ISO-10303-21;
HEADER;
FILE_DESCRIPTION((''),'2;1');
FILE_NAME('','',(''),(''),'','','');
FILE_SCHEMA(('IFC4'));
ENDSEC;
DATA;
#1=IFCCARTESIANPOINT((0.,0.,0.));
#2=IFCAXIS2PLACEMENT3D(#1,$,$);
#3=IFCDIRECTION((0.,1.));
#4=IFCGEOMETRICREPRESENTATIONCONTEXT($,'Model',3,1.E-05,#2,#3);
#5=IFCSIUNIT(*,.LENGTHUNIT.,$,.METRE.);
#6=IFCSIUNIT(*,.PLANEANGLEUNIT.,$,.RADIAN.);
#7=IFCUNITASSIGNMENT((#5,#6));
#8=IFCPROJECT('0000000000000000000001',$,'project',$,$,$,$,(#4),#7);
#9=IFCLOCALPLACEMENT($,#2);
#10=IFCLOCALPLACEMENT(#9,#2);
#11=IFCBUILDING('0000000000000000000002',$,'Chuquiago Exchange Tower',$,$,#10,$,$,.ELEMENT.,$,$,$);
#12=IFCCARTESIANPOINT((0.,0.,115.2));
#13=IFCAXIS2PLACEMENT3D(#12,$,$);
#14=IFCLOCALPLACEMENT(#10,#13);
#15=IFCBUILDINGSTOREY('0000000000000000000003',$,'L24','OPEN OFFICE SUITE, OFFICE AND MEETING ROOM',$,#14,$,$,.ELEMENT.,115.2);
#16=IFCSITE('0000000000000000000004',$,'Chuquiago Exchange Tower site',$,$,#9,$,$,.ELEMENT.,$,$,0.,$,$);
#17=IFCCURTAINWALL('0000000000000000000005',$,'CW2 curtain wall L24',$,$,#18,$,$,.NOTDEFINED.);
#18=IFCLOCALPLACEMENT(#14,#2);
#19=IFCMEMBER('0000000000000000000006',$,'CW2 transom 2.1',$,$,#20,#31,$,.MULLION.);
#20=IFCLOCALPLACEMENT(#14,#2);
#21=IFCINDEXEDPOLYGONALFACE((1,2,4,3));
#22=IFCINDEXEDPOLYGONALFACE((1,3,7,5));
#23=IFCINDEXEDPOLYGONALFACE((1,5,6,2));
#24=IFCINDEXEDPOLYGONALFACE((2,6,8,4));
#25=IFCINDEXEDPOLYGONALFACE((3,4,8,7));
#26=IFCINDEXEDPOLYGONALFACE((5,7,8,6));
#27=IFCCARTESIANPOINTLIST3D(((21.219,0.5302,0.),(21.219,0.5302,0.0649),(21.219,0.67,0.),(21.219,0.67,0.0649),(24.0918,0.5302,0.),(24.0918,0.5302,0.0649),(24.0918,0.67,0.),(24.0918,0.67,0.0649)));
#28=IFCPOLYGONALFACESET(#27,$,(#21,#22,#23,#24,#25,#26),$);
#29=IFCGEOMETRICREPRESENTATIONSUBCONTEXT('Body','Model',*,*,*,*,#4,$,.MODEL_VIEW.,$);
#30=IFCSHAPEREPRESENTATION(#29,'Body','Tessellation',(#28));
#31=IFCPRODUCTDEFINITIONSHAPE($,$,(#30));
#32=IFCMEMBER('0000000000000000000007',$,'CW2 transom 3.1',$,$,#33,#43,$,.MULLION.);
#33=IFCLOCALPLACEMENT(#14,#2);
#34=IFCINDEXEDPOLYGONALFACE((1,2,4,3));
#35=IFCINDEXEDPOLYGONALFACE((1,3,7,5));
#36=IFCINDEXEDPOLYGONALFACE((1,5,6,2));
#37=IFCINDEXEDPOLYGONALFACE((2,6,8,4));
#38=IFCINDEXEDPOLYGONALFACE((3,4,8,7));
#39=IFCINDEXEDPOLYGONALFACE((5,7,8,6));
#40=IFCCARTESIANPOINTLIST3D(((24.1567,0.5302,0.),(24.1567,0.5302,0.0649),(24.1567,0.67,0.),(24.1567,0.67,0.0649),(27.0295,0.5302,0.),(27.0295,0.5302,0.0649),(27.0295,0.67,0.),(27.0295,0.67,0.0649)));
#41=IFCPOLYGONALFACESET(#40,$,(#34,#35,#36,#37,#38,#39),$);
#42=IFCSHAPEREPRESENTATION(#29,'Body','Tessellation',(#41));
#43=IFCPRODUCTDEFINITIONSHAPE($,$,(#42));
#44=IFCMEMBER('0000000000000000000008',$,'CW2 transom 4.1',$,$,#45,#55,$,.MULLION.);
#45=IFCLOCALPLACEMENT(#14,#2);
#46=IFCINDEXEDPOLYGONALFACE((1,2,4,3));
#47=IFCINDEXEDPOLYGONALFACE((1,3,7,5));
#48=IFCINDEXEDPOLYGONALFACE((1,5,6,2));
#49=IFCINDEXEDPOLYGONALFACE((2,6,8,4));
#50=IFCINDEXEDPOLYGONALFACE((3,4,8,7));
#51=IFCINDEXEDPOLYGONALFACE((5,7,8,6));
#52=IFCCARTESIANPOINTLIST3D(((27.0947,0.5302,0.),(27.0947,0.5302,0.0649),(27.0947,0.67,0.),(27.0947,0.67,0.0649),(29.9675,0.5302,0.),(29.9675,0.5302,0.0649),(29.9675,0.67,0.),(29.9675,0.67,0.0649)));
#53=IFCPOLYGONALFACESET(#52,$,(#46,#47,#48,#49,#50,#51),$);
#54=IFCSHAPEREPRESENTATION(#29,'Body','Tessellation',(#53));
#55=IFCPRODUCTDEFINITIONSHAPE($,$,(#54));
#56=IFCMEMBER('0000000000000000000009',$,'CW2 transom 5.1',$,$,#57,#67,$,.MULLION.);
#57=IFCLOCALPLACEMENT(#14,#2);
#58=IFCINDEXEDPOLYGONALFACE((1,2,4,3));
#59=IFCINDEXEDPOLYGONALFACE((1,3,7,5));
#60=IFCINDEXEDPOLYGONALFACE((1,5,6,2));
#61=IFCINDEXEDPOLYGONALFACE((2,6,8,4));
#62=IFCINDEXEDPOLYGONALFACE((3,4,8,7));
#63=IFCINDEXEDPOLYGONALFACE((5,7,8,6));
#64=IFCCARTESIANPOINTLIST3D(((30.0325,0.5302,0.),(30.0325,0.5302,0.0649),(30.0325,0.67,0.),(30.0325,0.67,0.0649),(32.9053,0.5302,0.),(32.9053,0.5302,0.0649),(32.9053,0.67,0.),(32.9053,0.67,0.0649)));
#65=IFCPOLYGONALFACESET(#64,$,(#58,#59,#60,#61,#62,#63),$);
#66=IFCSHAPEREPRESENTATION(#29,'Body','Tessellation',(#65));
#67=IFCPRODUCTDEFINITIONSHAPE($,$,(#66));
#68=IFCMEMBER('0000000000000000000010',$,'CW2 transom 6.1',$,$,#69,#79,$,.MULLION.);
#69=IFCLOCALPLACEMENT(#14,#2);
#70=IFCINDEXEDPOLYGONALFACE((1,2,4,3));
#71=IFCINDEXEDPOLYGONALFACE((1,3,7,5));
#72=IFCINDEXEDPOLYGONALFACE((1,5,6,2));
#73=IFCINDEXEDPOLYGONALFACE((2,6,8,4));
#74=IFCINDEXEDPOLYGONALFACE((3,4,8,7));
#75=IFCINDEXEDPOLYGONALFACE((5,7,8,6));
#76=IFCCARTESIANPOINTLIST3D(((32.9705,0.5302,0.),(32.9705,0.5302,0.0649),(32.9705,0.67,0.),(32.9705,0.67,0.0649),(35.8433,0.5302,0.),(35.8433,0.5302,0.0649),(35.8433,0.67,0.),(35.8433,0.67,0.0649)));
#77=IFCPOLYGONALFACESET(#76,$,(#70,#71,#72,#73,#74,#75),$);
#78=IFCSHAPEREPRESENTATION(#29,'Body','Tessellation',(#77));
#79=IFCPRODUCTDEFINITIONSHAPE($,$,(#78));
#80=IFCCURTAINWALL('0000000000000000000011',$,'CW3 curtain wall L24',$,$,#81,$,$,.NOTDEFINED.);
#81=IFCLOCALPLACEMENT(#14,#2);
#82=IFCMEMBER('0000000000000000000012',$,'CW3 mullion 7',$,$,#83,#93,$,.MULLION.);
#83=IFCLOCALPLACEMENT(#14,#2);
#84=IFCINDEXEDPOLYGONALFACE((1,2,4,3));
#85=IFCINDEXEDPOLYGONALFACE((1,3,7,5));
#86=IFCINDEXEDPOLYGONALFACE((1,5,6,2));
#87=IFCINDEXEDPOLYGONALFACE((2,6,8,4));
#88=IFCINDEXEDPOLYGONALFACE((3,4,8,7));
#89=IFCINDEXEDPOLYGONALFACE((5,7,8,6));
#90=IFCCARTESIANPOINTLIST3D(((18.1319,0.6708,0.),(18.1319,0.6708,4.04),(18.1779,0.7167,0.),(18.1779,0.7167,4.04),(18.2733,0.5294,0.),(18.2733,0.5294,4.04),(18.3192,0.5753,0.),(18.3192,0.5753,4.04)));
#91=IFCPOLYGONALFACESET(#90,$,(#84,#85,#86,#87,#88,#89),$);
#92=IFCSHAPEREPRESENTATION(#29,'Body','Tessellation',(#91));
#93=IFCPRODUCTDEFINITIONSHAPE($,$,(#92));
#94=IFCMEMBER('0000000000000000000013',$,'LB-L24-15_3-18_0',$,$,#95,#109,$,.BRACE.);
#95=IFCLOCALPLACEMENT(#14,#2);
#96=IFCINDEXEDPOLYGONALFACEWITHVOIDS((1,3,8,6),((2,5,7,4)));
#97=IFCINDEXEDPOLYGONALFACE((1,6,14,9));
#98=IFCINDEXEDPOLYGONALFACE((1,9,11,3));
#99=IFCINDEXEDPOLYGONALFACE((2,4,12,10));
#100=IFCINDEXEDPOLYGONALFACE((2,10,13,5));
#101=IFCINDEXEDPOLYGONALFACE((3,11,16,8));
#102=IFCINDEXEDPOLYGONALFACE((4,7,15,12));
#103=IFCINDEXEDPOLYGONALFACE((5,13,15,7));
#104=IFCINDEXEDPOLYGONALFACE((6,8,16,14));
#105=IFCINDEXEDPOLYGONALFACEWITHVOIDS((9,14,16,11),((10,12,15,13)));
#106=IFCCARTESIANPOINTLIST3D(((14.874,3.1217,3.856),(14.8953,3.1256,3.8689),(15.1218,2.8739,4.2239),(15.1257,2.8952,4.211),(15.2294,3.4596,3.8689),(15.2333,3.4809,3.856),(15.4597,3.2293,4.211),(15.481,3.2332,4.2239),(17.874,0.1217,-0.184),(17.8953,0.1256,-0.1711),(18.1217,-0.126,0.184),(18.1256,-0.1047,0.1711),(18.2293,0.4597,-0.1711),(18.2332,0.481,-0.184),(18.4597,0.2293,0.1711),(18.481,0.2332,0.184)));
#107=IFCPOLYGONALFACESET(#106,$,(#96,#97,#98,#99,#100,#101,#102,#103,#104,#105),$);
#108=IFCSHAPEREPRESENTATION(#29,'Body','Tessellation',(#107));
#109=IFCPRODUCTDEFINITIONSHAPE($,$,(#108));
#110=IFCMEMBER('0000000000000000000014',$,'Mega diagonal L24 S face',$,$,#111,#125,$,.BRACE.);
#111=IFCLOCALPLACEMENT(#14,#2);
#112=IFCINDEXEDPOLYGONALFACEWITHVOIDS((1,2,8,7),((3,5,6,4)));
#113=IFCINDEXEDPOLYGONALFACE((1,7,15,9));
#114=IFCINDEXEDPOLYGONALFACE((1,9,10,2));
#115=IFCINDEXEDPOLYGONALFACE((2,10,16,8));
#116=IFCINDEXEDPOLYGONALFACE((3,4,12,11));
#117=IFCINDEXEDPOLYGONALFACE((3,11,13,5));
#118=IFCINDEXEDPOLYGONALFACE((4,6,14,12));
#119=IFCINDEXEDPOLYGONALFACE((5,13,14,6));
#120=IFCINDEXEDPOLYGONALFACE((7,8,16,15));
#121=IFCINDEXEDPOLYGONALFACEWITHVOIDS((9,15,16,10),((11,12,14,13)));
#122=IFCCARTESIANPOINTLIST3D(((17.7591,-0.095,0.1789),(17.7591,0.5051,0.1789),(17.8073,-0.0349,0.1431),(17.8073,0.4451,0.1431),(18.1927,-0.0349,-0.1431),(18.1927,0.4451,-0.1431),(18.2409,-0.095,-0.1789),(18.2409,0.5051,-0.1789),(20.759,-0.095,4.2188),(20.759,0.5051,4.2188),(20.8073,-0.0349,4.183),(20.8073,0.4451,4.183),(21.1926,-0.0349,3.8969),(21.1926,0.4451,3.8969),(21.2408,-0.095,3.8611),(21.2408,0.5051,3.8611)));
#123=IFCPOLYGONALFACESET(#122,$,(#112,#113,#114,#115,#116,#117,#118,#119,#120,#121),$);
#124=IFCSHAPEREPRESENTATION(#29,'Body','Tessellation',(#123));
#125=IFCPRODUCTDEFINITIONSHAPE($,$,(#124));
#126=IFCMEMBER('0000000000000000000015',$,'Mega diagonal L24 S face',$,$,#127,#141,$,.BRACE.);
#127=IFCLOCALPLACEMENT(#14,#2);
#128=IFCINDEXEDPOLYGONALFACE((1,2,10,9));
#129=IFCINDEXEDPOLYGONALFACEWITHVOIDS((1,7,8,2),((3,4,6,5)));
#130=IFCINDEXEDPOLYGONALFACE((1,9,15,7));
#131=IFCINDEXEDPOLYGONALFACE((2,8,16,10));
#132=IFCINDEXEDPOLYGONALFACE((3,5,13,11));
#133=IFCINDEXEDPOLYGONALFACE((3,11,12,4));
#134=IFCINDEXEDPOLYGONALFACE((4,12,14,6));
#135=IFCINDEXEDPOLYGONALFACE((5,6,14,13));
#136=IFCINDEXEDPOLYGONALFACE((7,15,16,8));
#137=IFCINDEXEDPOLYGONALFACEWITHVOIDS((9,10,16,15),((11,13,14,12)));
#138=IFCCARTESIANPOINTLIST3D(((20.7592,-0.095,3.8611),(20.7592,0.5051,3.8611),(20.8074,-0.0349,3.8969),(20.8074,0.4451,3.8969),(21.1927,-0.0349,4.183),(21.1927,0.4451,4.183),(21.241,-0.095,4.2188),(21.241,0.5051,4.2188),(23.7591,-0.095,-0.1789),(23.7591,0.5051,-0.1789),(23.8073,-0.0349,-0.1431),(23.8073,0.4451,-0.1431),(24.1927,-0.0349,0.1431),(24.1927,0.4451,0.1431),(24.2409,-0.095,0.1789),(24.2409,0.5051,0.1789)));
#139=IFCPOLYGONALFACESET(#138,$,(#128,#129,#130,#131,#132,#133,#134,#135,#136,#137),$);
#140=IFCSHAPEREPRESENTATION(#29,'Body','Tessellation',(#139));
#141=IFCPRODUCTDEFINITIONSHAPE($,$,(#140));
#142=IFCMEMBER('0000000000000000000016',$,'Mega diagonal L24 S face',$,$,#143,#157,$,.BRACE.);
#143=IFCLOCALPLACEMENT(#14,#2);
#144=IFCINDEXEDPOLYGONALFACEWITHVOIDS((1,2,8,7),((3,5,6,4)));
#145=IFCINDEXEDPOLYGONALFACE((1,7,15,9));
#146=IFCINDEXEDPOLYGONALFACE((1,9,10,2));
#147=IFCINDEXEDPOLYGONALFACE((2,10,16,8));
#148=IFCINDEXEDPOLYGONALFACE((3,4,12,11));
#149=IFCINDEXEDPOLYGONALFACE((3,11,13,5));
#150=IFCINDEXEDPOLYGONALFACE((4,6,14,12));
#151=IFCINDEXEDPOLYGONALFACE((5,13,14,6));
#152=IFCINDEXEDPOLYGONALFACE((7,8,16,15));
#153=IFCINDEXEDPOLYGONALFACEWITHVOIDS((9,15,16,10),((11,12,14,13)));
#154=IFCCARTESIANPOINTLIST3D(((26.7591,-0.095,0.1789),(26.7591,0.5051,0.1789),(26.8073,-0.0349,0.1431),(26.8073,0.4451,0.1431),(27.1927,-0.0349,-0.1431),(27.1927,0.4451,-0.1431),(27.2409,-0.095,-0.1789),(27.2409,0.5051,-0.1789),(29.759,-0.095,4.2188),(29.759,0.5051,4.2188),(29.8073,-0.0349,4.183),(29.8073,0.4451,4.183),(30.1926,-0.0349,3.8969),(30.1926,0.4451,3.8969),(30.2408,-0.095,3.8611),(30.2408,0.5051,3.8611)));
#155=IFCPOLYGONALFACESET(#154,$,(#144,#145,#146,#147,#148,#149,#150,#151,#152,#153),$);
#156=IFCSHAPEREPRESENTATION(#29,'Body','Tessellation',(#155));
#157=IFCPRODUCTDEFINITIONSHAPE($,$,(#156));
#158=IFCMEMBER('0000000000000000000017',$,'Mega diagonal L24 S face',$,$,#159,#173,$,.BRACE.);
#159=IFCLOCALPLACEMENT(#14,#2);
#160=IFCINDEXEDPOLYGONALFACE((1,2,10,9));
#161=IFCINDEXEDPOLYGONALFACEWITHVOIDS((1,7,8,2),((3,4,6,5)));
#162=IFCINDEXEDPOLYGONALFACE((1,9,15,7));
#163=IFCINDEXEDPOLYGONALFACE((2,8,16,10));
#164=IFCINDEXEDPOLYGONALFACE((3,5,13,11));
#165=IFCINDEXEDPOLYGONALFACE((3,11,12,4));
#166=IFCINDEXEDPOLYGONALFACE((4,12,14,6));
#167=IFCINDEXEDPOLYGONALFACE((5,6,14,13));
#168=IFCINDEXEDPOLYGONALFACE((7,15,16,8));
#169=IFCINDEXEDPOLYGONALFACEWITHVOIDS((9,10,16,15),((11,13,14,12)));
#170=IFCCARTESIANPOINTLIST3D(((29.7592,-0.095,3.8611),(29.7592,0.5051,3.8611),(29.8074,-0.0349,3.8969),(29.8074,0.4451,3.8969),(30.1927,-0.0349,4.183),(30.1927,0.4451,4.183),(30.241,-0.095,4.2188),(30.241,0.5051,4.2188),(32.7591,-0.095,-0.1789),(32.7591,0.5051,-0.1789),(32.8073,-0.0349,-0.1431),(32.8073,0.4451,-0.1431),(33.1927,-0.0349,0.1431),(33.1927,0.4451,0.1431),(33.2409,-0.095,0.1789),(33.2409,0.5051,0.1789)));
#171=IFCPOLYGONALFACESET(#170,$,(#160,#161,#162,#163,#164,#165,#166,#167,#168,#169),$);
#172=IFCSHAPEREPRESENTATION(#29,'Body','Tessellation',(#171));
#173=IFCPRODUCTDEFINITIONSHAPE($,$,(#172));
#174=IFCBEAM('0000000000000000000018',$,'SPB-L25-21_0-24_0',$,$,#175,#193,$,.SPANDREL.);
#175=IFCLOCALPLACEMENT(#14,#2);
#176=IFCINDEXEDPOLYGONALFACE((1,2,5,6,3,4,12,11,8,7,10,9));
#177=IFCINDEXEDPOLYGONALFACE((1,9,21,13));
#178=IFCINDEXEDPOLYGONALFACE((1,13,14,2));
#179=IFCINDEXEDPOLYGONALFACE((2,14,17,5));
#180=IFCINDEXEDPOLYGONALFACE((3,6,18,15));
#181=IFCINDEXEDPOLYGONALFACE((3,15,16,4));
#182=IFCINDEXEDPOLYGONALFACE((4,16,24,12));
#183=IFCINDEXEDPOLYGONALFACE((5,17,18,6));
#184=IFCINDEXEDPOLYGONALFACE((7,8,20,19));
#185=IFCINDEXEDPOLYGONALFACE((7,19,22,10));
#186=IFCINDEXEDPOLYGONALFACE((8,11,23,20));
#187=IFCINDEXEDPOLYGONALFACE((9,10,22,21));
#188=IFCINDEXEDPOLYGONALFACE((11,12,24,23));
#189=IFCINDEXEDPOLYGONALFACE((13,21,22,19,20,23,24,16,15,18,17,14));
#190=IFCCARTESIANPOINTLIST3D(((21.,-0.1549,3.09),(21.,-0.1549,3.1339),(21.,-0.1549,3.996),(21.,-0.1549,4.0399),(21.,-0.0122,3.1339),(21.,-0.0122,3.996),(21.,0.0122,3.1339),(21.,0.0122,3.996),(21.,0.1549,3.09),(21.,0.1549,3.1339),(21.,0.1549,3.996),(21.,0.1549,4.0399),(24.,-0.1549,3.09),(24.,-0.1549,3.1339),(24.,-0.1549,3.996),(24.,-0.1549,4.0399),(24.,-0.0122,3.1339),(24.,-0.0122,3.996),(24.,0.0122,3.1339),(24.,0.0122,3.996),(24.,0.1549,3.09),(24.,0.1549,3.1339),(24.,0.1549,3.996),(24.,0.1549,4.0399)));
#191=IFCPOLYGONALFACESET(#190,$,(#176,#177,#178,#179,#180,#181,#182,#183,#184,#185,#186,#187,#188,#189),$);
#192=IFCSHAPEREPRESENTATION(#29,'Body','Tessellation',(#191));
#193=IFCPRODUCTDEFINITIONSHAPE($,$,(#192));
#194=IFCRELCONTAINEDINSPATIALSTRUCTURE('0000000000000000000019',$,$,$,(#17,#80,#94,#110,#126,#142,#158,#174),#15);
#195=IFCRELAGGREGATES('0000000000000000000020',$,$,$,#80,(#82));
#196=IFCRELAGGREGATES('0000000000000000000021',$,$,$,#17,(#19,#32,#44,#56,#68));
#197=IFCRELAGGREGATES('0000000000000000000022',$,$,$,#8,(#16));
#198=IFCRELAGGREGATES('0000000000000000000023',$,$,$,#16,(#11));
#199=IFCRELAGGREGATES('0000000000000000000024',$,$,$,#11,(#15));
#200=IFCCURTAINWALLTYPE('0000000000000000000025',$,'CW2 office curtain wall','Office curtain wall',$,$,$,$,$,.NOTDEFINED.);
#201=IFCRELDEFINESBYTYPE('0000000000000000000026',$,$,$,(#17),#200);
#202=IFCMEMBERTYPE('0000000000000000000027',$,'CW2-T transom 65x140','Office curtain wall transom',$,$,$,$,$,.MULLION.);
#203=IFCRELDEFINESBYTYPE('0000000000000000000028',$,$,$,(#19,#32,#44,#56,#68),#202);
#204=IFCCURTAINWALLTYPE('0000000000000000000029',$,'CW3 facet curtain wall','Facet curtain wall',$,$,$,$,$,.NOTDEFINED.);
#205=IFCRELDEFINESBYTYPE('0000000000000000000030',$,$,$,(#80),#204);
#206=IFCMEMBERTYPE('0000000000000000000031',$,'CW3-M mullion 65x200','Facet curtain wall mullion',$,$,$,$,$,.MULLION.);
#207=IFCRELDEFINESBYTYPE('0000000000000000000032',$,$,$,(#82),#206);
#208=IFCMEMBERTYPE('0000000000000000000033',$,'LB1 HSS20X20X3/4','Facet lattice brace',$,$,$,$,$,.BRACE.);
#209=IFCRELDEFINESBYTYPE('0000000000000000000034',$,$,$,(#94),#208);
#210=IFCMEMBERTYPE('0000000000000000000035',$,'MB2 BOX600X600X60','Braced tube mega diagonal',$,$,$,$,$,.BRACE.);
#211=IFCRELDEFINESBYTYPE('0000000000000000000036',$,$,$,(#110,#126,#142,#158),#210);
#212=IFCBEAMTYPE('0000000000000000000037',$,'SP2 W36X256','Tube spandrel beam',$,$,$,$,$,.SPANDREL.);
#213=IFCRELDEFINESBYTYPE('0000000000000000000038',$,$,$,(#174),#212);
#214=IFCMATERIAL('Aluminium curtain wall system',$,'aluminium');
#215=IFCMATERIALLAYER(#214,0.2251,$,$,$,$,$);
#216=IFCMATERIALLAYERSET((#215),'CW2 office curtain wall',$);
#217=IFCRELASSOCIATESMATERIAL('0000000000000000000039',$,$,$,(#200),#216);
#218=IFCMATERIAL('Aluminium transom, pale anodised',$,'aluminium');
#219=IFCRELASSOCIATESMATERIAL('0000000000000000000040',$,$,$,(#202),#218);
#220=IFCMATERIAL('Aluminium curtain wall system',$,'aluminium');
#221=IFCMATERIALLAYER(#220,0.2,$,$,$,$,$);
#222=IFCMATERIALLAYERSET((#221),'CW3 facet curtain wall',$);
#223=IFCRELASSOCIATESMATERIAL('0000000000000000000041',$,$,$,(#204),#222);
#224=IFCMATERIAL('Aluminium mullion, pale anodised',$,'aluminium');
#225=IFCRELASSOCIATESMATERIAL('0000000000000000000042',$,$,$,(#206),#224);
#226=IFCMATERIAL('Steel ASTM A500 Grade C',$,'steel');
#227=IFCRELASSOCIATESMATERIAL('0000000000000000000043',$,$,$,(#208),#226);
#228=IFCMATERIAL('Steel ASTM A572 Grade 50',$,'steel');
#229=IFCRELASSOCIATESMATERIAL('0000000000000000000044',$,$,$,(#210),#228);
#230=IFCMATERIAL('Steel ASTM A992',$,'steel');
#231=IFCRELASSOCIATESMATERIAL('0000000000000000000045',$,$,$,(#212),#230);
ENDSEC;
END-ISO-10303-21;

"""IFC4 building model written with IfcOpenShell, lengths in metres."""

from ifc_helpers import new_model, si_unit, direction, frame, origin, origin_2d, place, context, subcontext, project, spatial, rectangle, hollow_rectangle, i_section, extrude, material, layer, layer_set, material_profile, profile_set, type_object, element, aggregate, save


model = new_model("IFC4")

# Units and contexts
model_context = context("Model", 3, precision=1e-05, world=origin(), true_north=direction((0.0, 1.0)))
body_context = subcontext(model_context, "Body", "Model", "MODEL_VIEW")
ifc_project = project(units=[si_unit("LENGTHUNIT", "METRE"), si_unit("PLANEANGLEUNIT", "RADIAN")], contexts=[model_context])

# Site, building, storey
site_placement = place(None, origin())
site = spatial("IfcSite", under=ifc_project, at=site_placement, Name="Chuquiago Exchange Tower site", CompositionType="ELEMENT", RefElevation=0.0)
building_placement = place(site_placement, origin())
building = spatial("IfcBuilding", under=site, at=building_placement, Name="Chuquiago Exchange Tower", CompositionType="ELEMENT")
storey_placement = place(building_placement, frame((0.0, 0.0, 115.2)))
storey = spatial("IfcBuildingStorey", under=building, at=storey_placement, Name="L24", Description="OPEN OFFICE SUITE, OFFICE AND MEETING ROOM", CompositionType="ELEMENT", Elevation=115.2)

# Curtain wall, members
ifc_material_1 = material(Name="Aluminium curtain wall system", Category="aluminium")
ifc_layer_1 = layer(ifc_material_1, 0.2251)
ifc_layer_set_1 = layer_set([ifc_layer_1], Name="CW2 office curtain wall")
curtain_wall_type_1 = type_object("IfcCurtainWallType", Name="CW2 office curtain wall", Description="Office curtain wall", PredefinedType="NOTDEFINED", material=ifc_layer_set_1)
curtain_wall_1_placement = place(storey_placement, origin())
curtain_wall_1 = element("IfcCurtainWall", 1, at=curtain_wall_1_placement, inside=storey, type_object=curtain_wall_type_1, Name="CW2 curtain wall L24", PredefinedType="NOTDEFINED")
ifc_material_2 = material(Name="Aluminium transom, pale anodised", Category="aluminium")
ifc_material_profile_1 = material_profile(ifc_material_2, rectangle(XDim=0.1399, YDim=0.0649, at=origin_2d()), Name="AL 140x65")
ifc_profile_set_1 = profile_set([ifc_material_profile_1], Name="Aluminium transom, pale anodised")
member_type_1 = type_object("IfcMemberType", Name="CW2-T transom 65x140", Description="Office curtain wall transom", PredefinedType="MULLION", material=ifc_profile_set_1)
member_1_placement = place(storey_placement, frame((21.219, 0.6001, 0.0325), z_axis=(1.0, 0.0, 0.0), x_axis=(0.0, 1.0, 0.0)))
member_1 = element("IfcMember", 2, at=member_1_placement, type_object=member_type_1, Name="CW2 transom 2.1", PredefinedType="MULLION", context=body_context, shape_type="SweptSolid", body=[
    extrude(rectangle(XDim=0.1399, YDim=0.0649, at=origin_2d()), origin(), (0.0, 0.0, 1.0), 2.8728),
])
member_2_placement = place(storey_placement, frame((24.1567, 0.6001, 0.0325), z_axis=(1.0, 0.0, 0.0), x_axis=(0.0, 1.0, 0.0)))
member_2 = element("IfcMember", 3, at=member_2_placement, type_object=member_type_1, Name="CW2 transom 3.1", PredefinedType="MULLION", context=body_context, shape_type="SweptSolid", body=[
    extrude(rectangle(XDim=0.1399, YDim=0.0649, at=origin_2d()), origin(), (0.0, 0.0, 1.0), 2.8728),
])
member_3_placement = place(storey_placement, frame((27.0947, 0.6001, 0.0325), z_axis=(1.0, 0.0, 0.0), x_axis=(0.0, 1.0, 0.0)))
member_3 = element("IfcMember", 4, at=member_3_placement, type_object=member_type_1, Name="CW2 transom 4.1", PredefinedType="MULLION", context=body_context, shape_type="SweptSolid", body=[
    extrude(rectangle(XDim=0.1399, YDim=0.0649, at=origin_2d()), origin(), (0.0, 0.0, 1.0), 2.8728),
])
member_4_placement = place(storey_placement, frame((30.0325, 0.6001, 0.0325), z_axis=(1.0, 0.0, 0.0), x_axis=(0.0, 1.0, 0.0)))
member_4 = element("IfcMember", 5, at=member_4_placement, type_object=member_type_1, Name="CW2 transom 5.1", PredefinedType="MULLION", context=body_context, shape_type="SweptSolid", body=[
    extrude(rectangle(XDim=0.1399, YDim=0.0649, at=origin_2d()), origin(), (0.0, 0.0, 1.0), 2.8728),
])
member_5_placement = place(storey_placement, frame((32.9705, 0.6001, 0.0325), z_axis=(1.0, 0.0, 0.0), x_axis=(0.0, 1.0, 0.0)))
member_5 = element("IfcMember", 6, at=member_5_placement, type_object=member_type_1, Name="CW2 transom 6.1", PredefinedType="MULLION", context=body_context, shape_type="SweptSolid", body=[
    extrude(rectangle(XDim=0.1399, YDim=0.0649, at=origin_2d()), origin(), (0.0, 0.0, 1.0), 2.8728),
])

# Curtain wall, member
ifc_material_3 = material(Name="Aluminium curtain wall system", Category="aluminium")
ifc_layer_2 = layer(ifc_material_3, 0.2)
ifc_layer_set_2 = layer_set([ifc_layer_2], Name="CW3 facet curtain wall")
curtain_wall_type_2 = type_object("IfcCurtainWallType", Name="CW3 facet curtain wall", Description="Facet curtain wall", PredefinedType="NOTDEFINED", material=ifc_layer_set_2)
curtain_wall_2_placement = place(storey_placement, origin())
curtain_wall_2 = element("IfcCurtainWall", 7, at=curtain_wall_2_placement, inside=storey, type_object=curtain_wall_type_2, Name="CW3 curtain wall L24", PredefinedType="NOTDEFINED")
ifc_material_4 = material(Name="Aluminium mullion, pale anodised", Category="aluminium")
ifc_material_profile_2 = material_profile(ifc_material_4, rectangle(XDim=0.0649, YDim=0.2, at=origin_2d()), Name="AL 65x200")
ifc_profile_set_2 = profile_set([ifc_material_profile_2], Name="Aluminium mullion, pale anodised")
member_type_2 = type_object("IfcMemberType", Name="CW3-M mullion 65x200", Description="Facet curtain wall mullion", PredefinedType="MULLION", material=ifc_profile_set_2)
member_6_placement = place(storey_placement, frame((18.2256, 0.623, 0.0), z_axis=(0.0, 0.0, 1.0), x_axis=(0.707107, 0.707107, 0.0)))
member_6 = element("IfcMember", 8, at=member_6_placement, type_object=member_type_2, Name="CW3 mullion 7", PredefinedType="MULLION", context=body_context, shape_type="SweptSolid", body=[
    extrude(rectangle(XDim=0.0649, YDim=0.2, at=origin_2d()), origin(), (0.0, 0.0, 1.0), 4.04),
])
aggregate(curtain_wall_2, [member_6])

# Members
ifc_material_5 = material(Name="Steel ASTM A500 Grade C", Category="steel")
ifc_material_profile_3 = material_profile(ifc_material_5, hollow_rectangle(XDim=0.5081, YDim=0.5081, WallThickness=0.0178, at=origin_2d()), Name="HSS20X20X3/4")
ifc_profile_set_3 = profile_set([ifc_material_profile_3], Name="Steel ASTM A500 Grade C")
member_type_3 = type_object("IfcMemberType", Name="LB1 HSS20X20X3/4", Description="Facet lattice brace", PredefinedType="BRACE", material=ifc_profile_set_3)
member_7_placement = place(storey_placement, frame((18.1775, 0.1775, 0.0), z_axis=(-0.512077, 0.512077, 0.689604), x_axis=(-0.707107, -0.707107, 0.0)))
element("IfcMember", 9, at=member_7_placement, inside=storey, type_object=member_type_3, Name="LB-L24-15_3-18_0", PredefinedType="BRACE", context=body_context, shape_type="SweptSolid", body=[
    extrude(hollow_rectangle(XDim=0.5081, YDim=0.5081, WallThickness=0.0178, at=origin_2d()), origin(), (0.0, 0.0, 1.0), 5.8584),
])
ifc_material_6 = material(Name="Steel ASTM A572 Grade 50", Category="steel")
ifc_material_profile_4 = material_profile(ifc_material_6, hollow_rectangle(XDim=0.6001, YDim=0.6001, WallThickness=0.0601, at=origin_2d()), Name="BOX600X600X60")
ifc_profile_set_4 = profile_set([ifc_material_profile_4], Name="Steel ASTM A572 Grade 50")
member_type_4 = type_object("IfcMemberType", Name="MB2 BOX600X600X60", Description="Braced tube mega diagonal", PredefinedType="BRACE", material=ifc_profile_set_4)
for number, where, z_axis, x_axis, name in (
    (10, (18.0, 0.2051, 0.0), (0.596174, 0.0, 0.802855), (0.0, 1.0, 0.0), "Mega diagonal L24 S face"),
    (11, (24.0, 0.2051, 0.0), (-0.596174, 0.0, 0.802855), (0.0, -1.0, 0.0), "Mega diagonal L24 S face"),
    (12, (27.0, 0.2051, 0.0), (0.596174, 0.0, 0.802855), (0.0, 1.0, 0.0), "Mega diagonal L24 S face"),
    (13, (33.0, 0.2051, 0.0), (-0.596174, 0.0, 0.802855), (0.0, -1.0, 0.0), "Mega diagonal L24 S face"),
):
    element("IfcMember", number, at=place(storey_placement, frame(where, z_axis=z_axis, x_axis=x_axis)), inside=storey, type_object=member_type_4, Name=name, PredefinedType="BRACE", context=body_context, shape_type="SweptSolid", body=[
        extrude(hollow_rectangle(XDim=0.6001, YDim=0.6001, WallThickness=0.0601, at=origin_2d()), origin(), (0.0, 0.0, 1.0), 5.032),
    ])

# Beam
ifc_material_7 = material(Name="Steel ASTM A992", Category="steel")
ifc_material_profile_5 = material_profile(ifc_material_7, i_section(OverallWidth=0.3098, OverallDepth=0.95, WebThickness=0.0244, FlangeThickness=0.0439, at=origin_2d()), Name="W36X256")
ifc_profile_set_5 = profile_set([ifc_material_profile_5], Name="Steel ASTM A992")
beam_type = type_object("IfcBeamType", Name="SP2 W36X256", Description="Tube spandrel beam", PredefinedType="SPANDREL", material=ifc_profile_set_5)
for number, where, z_axis, x_axis, name in (
    (14, (21.0, 0.0, 3.5649), (1.0, 0.0, 0.0), (0.0, 1.0, 0.0), "SPB-L25-21_0-24_0"),
):
    element("IfcBeam", number, at=place(storey_placement, frame(where, z_axis=z_axis, x_axis=x_axis)), inside=storey, type_object=beam_type, Name=name, PredefinedType="SPANDREL", context=body_context, shape_type="SweptSolid", body=[
        extrude(i_section(OverallWidth=0.3098, OverallDepth=0.95, WebThickness=0.0244, FlangeThickness=0.0439, at=origin_2d()), origin(), (0.0, 0.0, 1.0), 3.0),
    ])

aggregate(curtain_wall_1, [member_1, member_2, member_3, member_4, member_5])

save(model, "model.ifc")
